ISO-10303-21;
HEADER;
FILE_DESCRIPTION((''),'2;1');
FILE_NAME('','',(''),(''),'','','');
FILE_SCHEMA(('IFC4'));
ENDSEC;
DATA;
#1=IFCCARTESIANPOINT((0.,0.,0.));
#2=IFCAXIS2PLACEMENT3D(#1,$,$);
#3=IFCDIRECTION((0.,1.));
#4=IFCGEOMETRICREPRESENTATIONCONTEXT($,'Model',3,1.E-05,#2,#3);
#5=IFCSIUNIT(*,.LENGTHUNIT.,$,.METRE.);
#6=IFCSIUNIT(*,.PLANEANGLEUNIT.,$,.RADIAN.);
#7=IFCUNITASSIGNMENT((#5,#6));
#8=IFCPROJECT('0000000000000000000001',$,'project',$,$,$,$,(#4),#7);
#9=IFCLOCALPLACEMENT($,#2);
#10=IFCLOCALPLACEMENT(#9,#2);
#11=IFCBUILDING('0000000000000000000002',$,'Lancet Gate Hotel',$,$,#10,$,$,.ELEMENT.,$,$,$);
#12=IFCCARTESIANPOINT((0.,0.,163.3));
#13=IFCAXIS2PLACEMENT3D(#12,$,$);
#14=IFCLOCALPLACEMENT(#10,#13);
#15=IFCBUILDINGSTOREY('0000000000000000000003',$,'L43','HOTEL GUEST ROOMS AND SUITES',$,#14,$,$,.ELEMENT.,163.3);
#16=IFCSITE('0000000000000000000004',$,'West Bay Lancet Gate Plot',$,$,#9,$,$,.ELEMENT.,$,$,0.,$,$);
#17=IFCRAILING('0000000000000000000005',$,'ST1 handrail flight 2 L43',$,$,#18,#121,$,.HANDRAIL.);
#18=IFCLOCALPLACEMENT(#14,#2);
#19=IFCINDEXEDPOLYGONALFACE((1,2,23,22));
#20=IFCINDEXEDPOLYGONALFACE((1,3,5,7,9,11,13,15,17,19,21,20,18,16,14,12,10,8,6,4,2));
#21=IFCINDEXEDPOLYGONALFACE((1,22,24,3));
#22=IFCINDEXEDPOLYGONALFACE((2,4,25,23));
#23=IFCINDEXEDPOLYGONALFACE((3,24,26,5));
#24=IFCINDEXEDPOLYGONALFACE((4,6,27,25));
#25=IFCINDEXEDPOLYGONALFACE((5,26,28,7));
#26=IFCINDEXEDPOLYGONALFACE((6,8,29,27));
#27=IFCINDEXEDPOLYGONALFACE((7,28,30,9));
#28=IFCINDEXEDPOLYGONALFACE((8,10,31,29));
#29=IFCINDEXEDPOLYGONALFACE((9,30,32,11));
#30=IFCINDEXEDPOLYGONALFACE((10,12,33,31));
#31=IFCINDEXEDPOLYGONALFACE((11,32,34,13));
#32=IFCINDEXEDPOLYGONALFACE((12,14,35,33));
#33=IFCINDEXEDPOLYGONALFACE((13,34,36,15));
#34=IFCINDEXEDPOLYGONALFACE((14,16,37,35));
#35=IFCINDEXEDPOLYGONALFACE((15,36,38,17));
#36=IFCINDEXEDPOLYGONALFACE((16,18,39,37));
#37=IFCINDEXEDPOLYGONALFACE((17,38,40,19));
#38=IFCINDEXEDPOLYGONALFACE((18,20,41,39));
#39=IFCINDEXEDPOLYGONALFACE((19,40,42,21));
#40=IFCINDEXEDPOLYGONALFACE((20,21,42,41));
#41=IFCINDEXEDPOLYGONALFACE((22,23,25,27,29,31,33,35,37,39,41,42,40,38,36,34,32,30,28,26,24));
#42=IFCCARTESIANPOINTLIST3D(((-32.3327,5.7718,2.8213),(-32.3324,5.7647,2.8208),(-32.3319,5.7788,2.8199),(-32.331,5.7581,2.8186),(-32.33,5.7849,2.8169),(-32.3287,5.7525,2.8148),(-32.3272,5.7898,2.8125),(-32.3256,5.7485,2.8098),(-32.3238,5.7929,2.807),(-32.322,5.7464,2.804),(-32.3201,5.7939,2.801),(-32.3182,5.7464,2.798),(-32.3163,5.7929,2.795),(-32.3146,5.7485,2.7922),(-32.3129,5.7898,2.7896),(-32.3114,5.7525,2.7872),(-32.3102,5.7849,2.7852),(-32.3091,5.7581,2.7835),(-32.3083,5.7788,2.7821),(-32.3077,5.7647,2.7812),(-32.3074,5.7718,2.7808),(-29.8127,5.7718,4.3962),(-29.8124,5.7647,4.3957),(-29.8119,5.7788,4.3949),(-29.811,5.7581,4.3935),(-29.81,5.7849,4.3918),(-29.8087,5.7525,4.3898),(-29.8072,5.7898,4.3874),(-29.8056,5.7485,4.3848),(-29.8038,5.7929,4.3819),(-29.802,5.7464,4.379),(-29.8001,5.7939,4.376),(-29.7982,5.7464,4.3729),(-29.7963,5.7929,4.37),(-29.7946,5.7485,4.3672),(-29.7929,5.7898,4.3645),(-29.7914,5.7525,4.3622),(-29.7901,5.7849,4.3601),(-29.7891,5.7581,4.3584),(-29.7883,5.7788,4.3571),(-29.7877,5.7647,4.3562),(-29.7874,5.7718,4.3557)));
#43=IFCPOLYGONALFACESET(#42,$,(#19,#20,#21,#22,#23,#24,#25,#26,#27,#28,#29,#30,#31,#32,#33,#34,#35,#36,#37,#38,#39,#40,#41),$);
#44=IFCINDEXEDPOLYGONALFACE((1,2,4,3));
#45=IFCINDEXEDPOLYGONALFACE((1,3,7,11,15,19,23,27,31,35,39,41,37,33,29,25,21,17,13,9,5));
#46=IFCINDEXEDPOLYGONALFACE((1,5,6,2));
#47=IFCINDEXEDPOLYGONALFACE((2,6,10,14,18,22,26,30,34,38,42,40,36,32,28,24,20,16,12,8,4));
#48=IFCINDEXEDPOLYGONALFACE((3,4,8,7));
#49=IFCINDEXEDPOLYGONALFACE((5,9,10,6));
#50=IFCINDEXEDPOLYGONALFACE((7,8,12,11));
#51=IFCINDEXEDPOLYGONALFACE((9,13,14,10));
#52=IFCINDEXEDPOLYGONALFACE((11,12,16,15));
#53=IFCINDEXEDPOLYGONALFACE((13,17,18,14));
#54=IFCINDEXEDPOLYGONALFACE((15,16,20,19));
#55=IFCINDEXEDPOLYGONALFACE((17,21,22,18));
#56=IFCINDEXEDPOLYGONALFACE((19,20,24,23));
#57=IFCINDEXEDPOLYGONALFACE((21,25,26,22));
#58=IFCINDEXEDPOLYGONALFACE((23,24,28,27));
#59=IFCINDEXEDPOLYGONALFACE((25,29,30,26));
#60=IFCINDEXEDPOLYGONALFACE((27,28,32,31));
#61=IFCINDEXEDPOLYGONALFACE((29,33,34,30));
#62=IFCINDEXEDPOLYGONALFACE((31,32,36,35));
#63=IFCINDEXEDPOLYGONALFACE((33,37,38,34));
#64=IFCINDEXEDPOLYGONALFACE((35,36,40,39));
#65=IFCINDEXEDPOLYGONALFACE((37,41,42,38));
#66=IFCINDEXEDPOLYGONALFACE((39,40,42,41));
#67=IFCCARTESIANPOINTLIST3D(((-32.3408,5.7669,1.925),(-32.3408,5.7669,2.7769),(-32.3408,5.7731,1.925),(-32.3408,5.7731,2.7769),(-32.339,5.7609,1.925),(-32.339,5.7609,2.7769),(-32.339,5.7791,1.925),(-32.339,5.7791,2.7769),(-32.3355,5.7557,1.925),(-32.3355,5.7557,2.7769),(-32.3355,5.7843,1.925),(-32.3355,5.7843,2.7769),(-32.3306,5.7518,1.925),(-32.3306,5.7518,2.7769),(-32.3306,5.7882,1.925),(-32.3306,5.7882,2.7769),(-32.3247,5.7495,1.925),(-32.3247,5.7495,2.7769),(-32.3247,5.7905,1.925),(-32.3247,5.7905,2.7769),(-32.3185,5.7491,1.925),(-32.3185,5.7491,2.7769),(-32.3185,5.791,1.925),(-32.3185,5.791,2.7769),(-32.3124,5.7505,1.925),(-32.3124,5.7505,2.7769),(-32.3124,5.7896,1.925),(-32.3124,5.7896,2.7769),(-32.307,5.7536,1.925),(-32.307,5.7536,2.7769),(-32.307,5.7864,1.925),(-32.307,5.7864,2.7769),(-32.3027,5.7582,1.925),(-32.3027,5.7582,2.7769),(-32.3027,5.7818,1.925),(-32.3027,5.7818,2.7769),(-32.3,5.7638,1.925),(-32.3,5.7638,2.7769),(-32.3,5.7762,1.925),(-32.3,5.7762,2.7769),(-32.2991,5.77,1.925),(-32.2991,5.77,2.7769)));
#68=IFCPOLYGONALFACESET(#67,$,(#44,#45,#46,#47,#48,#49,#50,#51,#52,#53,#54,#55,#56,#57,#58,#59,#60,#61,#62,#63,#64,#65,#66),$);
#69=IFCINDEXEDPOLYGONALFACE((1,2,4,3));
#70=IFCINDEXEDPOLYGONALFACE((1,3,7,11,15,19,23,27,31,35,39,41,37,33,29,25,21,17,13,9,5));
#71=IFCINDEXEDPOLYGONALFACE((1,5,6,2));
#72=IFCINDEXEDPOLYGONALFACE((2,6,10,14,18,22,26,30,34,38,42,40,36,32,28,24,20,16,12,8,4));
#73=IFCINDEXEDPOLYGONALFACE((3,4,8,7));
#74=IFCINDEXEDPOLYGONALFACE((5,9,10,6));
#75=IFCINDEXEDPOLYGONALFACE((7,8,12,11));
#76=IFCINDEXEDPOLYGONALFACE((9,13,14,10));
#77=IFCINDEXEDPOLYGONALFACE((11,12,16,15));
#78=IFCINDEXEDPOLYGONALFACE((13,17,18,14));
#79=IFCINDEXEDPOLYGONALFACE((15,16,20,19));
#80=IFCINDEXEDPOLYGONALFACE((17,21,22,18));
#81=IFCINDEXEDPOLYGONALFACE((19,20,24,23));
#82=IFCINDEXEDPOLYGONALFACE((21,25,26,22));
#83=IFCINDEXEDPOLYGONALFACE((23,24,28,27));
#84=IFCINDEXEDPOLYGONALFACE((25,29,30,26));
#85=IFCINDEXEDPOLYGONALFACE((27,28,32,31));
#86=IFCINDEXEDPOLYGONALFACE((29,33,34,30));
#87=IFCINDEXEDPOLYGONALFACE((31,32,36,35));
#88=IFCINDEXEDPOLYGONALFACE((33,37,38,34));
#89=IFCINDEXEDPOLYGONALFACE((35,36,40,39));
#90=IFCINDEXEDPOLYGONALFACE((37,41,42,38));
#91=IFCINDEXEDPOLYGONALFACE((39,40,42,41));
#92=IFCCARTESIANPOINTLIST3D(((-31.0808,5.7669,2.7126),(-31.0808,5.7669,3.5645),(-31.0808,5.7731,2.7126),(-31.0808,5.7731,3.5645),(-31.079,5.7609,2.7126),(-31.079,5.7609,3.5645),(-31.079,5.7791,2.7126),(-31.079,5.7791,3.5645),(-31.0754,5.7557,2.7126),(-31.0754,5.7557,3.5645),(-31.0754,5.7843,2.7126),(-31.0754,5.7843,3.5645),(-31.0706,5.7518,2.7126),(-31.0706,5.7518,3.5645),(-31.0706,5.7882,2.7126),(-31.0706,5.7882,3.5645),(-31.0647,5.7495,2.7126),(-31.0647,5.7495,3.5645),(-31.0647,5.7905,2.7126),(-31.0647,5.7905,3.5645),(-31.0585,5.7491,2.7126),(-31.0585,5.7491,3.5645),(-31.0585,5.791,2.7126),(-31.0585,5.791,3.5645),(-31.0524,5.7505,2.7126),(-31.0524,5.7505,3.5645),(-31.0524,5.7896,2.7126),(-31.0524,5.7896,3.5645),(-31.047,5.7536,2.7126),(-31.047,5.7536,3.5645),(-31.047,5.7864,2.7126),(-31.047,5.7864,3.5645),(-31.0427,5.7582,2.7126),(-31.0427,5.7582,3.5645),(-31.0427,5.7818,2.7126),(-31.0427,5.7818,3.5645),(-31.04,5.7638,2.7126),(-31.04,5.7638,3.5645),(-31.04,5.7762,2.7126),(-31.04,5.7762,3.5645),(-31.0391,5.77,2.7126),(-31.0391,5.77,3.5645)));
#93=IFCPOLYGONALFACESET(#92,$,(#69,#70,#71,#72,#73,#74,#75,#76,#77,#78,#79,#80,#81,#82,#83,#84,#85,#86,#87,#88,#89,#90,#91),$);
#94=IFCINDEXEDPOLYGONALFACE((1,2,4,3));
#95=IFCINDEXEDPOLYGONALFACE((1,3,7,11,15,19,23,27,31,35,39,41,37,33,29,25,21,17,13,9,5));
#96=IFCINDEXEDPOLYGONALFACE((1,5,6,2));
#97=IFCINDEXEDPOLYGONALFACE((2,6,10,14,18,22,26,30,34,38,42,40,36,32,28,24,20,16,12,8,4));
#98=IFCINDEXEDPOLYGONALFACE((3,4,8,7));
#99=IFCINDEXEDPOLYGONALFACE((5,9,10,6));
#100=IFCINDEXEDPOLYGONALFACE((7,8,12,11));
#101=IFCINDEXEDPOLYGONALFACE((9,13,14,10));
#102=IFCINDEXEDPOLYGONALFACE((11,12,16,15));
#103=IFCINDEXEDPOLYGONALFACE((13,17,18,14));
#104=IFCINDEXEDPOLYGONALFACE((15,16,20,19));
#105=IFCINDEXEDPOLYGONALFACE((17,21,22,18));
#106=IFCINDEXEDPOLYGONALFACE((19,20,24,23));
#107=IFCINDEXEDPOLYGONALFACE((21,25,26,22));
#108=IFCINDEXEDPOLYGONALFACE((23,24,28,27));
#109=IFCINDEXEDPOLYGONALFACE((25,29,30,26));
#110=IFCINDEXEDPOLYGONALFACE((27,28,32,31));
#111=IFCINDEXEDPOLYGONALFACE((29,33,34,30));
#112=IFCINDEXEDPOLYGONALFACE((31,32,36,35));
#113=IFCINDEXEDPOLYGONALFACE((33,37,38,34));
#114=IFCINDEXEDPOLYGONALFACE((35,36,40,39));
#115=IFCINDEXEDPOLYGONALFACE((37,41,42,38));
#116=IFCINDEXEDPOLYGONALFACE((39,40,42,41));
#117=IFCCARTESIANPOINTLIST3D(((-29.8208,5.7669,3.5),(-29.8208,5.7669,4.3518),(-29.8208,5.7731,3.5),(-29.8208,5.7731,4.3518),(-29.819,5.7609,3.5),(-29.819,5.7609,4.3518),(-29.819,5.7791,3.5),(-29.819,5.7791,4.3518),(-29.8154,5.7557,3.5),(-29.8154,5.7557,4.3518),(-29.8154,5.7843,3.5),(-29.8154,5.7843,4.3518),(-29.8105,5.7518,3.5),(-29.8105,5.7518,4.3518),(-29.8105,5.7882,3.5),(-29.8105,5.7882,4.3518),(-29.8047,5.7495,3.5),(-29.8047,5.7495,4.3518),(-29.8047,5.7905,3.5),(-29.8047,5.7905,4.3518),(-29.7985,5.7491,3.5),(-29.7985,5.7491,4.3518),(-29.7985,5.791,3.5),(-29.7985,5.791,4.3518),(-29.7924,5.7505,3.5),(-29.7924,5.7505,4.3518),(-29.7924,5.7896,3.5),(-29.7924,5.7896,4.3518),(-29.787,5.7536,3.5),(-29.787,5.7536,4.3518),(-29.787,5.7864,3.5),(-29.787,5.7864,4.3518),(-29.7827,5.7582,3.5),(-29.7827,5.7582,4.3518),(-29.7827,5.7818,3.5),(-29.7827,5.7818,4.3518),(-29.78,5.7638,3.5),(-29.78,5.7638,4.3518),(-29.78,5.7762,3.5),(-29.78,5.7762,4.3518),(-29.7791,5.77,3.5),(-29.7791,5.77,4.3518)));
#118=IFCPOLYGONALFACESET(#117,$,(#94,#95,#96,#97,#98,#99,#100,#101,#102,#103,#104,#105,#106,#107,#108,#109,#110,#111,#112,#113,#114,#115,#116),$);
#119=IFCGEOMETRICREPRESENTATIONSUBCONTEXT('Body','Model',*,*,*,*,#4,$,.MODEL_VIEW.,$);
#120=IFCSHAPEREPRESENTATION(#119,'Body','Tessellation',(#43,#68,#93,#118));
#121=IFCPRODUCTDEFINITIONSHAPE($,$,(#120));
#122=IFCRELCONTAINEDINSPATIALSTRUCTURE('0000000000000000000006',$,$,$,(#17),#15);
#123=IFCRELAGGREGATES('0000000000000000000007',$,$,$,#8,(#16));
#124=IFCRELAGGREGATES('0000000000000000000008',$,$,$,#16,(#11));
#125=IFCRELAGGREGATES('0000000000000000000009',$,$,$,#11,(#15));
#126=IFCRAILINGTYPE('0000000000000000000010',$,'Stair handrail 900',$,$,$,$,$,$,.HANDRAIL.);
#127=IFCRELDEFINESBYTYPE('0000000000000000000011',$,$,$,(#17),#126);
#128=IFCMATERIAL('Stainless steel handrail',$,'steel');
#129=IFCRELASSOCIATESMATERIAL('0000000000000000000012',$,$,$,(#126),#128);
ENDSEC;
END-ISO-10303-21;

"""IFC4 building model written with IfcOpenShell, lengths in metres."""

from ifc_helpers import new_model, si_unit, direction, frame, origin, origin_2d, place, context, subcontext, project, spatial, circle, extrude, material, type_object, element, save


model = new_model("IFC4")

# Units and contexts
model_context = context("Model", 3, precision=1e-05, world=origin(), true_north=direction((0.0, 1.0)))
body_context = subcontext(model_context, "Body", "Model", "MODEL_VIEW")
ifc_project = project(units=[si_unit("LENGTHUNIT", "METRE"), si_unit("PLANEANGLEUNIT", "RADIAN")], contexts=[model_context])

# Site, building, storey
site_placement = place(None, origin())
site = spatial("IfcSite", under=ifc_project, at=site_placement, Name="West Bay Lancet Gate Plot", CompositionType="ELEMENT", RefElevation=0.0)
building_placement = place(site_placement, origin())
building = spatial("IfcBuilding", under=site, at=building_placement, Name="Lancet Gate Hotel", CompositionType="ELEMENT")
storey_placement = place(building_placement, frame((0.0, 0.0, 163.3)))
storey = spatial("IfcBuildingStorey", under=building, at=storey_placement, Name="L43", Description="HOTEL GUEST ROOMS AND SUITES", CompositionType="ELEMENT", Elevation=163.3)

# Railing
ifc_material_1 = material(Name="Stainless steel handrail", Category="steel")
railing_type = type_object("IfcRailingType", Name="Stair handrail 900", PredefinedType="HANDRAIL", material=ifc_material_1)
railing_1_placement = place(storey_placement, frame((-32.3201, 5.77, 1.925)))
element("IfcRailing", 1, at=railing_1_placement, inside=storey, type_object=railing_type, Name="ST1 handrail flight 2 L43", PredefinedType="HANDRAIL", context=body_context, shape_type="SweptSolid", body=[
    extrude(circle(Radius=0.0239, at=origin_2d()), frame((0.0, 0.0, 0.876), z_axis=(0.848008, 0.0, 0.529984), x_axis=(0.0, 1.0, 0.0)), (0.0, 0.0, 1.0), 2.9717),
    extrude(circle(Radius=0.021, at=origin_2d()), origin(), (0.0, 0.0, 1.0), 0.8518),
    extrude(circle(Radius=0.021, at=origin_2d()), frame((1.26, 0.0, 0.7876)), (0.0, 0.0, 1.0), 0.8518),
    extrude(circle(Radius=0.021, at=origin_2d()), frame((2.52, 0.0, 1.575)), (0.0, 0.0, 1.0), 0.8518),
])

save(model, "model.ifc")
